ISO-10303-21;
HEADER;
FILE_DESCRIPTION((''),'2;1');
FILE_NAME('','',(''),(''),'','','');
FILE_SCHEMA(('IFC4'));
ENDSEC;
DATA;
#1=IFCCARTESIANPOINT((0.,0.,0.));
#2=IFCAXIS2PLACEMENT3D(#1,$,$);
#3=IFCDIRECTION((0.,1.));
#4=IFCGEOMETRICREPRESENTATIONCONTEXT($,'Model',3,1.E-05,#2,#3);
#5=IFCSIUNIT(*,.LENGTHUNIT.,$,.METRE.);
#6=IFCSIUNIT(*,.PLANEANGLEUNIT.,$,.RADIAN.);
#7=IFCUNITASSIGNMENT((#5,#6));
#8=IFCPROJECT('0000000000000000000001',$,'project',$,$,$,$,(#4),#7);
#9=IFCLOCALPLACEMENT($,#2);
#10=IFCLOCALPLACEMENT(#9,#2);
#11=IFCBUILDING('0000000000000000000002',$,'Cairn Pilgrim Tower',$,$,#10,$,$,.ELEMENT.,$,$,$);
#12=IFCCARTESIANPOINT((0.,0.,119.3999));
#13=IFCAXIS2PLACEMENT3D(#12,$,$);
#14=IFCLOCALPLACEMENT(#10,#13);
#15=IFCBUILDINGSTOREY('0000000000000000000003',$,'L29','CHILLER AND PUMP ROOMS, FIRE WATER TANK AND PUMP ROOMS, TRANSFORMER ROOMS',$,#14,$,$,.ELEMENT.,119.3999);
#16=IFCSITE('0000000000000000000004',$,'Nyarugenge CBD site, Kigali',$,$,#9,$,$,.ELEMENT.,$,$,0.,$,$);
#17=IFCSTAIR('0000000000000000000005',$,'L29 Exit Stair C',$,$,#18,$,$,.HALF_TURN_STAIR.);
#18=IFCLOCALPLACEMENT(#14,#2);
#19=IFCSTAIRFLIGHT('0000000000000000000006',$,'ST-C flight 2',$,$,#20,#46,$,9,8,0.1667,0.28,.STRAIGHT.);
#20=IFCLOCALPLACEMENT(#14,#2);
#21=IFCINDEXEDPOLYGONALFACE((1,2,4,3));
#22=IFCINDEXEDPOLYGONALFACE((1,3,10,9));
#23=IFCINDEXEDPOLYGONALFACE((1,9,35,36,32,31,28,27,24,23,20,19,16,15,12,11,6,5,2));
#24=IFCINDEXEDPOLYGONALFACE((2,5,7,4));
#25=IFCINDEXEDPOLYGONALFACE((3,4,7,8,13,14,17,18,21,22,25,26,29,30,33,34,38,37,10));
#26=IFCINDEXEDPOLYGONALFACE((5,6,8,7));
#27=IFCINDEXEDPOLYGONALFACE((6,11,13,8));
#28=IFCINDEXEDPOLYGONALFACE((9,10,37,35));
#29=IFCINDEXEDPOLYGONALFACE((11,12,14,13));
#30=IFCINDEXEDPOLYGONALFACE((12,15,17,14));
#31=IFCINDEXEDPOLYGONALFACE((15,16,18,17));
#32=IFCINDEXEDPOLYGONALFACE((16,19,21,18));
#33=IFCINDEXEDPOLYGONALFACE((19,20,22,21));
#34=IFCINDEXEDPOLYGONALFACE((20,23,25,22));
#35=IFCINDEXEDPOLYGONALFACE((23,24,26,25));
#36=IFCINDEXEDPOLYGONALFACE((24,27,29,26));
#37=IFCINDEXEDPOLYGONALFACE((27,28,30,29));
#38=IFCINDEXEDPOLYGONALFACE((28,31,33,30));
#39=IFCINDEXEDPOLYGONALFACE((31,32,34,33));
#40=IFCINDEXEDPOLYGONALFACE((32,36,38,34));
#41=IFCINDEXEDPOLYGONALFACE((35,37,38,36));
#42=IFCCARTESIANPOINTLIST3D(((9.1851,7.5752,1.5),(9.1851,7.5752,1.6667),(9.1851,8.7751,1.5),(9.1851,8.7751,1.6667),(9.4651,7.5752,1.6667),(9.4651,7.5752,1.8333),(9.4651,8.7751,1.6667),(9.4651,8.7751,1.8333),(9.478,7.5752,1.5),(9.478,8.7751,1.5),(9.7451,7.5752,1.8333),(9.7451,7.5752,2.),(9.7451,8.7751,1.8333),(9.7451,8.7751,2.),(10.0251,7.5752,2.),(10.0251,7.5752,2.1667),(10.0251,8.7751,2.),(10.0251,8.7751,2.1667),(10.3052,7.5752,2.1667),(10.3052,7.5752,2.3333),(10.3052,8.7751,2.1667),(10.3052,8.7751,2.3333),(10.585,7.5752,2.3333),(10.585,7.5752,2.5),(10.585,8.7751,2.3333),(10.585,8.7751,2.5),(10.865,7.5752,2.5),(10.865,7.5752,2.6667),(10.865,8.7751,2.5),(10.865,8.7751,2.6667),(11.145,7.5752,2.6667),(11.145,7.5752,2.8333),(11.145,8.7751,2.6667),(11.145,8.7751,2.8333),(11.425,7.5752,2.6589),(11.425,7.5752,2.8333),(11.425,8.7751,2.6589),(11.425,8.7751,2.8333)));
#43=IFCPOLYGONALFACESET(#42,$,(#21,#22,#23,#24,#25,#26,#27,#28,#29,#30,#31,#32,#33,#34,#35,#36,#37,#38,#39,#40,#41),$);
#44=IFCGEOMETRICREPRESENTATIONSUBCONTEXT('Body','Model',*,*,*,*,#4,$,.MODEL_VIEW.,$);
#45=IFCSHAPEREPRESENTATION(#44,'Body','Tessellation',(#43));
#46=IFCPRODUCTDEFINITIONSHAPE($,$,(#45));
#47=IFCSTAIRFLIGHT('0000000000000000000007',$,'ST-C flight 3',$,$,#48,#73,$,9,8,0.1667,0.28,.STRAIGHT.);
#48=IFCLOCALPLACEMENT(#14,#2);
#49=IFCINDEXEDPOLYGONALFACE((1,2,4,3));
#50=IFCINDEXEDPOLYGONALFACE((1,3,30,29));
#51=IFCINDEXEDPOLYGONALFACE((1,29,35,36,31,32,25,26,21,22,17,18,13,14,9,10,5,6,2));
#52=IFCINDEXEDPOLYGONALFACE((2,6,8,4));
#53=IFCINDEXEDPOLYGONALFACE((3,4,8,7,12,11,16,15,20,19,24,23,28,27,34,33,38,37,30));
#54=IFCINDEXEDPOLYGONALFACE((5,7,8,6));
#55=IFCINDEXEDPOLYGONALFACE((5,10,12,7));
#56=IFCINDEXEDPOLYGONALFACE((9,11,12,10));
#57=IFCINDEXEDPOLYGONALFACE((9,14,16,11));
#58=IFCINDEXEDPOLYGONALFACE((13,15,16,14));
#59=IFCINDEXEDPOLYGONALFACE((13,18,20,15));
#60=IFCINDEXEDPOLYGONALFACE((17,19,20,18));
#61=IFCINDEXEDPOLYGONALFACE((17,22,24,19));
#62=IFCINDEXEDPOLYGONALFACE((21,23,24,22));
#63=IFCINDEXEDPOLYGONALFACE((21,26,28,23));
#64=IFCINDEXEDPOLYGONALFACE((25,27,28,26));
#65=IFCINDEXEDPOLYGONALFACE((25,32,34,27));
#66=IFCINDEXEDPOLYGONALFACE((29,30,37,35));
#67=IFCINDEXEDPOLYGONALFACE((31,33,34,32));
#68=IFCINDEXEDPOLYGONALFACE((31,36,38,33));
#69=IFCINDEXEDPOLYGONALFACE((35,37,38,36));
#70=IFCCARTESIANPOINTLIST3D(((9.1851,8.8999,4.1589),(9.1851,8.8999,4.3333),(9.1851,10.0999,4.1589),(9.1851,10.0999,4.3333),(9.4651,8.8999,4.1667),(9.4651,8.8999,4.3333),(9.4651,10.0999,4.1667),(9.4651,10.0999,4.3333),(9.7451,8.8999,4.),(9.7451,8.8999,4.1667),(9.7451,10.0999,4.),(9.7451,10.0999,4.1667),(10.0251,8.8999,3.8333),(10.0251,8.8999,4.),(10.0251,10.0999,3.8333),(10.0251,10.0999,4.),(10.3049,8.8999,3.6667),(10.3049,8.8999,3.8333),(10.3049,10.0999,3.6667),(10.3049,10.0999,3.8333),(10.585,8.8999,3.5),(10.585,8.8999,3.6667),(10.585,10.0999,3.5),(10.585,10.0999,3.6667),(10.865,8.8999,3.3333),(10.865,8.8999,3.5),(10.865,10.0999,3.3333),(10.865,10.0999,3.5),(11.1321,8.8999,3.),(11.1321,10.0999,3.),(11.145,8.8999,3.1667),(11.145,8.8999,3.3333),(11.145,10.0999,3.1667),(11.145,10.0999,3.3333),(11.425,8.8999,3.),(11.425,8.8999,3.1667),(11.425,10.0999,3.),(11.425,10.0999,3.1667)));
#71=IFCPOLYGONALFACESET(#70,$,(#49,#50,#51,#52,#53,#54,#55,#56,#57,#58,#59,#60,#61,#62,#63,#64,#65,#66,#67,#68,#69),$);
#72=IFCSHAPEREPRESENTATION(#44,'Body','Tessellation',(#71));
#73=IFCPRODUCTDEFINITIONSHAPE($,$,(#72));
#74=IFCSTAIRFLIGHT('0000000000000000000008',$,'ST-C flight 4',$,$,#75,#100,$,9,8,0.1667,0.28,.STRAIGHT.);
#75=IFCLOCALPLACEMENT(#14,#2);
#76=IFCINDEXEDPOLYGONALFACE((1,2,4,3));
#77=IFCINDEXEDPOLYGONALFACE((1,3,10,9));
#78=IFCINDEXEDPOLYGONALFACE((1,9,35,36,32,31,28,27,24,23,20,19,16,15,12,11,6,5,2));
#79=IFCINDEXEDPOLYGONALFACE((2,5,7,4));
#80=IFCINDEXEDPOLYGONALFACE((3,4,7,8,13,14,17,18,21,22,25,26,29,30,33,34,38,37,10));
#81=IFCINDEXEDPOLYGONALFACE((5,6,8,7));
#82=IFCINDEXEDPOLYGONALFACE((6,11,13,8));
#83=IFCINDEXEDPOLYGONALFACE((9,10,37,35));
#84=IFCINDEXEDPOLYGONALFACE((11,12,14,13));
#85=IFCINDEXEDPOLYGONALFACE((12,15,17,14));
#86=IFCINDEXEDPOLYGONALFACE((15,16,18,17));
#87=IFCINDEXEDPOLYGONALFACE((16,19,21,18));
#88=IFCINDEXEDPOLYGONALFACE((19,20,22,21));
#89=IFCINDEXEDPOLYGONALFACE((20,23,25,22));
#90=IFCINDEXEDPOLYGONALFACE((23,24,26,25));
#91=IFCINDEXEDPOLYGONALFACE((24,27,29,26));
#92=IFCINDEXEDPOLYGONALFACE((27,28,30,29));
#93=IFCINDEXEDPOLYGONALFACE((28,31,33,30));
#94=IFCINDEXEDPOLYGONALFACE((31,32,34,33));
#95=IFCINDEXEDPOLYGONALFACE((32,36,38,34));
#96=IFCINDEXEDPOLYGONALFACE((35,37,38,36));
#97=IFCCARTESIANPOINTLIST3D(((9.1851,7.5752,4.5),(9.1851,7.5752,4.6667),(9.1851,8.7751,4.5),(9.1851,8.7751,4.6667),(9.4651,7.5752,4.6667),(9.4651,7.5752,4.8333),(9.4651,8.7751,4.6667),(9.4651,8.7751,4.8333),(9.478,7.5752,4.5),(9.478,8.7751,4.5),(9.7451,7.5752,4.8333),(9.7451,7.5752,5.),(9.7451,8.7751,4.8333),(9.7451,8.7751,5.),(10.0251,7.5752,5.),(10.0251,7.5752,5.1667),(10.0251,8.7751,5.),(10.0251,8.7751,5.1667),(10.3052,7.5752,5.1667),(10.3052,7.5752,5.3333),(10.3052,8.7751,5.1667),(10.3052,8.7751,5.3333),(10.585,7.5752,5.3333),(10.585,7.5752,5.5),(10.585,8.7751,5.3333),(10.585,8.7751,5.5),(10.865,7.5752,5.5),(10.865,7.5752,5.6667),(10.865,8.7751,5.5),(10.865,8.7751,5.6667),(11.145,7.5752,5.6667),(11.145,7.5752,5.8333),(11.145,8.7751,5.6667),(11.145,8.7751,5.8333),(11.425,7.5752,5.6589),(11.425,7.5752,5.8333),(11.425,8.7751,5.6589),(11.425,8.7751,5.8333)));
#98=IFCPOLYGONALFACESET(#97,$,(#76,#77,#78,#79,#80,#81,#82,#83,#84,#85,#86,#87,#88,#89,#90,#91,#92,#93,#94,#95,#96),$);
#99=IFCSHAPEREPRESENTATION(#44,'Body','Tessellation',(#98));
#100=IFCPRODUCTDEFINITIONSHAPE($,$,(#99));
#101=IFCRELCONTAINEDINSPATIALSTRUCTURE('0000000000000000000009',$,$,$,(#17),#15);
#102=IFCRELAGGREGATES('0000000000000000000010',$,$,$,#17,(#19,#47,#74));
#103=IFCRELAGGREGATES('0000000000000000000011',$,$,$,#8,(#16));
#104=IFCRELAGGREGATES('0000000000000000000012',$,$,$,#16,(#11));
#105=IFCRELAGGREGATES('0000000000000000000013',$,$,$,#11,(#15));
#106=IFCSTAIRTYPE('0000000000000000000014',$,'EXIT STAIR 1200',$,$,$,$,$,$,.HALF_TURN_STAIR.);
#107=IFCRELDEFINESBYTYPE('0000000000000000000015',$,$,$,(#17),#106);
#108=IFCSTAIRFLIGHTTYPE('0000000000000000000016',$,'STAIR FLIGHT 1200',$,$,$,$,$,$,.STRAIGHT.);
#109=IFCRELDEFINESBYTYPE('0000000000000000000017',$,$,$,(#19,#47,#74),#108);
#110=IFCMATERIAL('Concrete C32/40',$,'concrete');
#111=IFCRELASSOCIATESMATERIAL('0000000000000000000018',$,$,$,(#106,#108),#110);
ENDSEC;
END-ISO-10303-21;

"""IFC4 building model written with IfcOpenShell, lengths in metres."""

from ifc_helpers import new_model, si_unit, direction, frame, origin, place, context, subcontext, project, spatial, polyline, outline, extrude, material, type_object, element, aggregate, save


model = new_model("IFC4")

# Units and contexts
model_context = context("Model", 3, precision=1e-05, world=origin(), true_north=direction((0.0, 1.0)))
body_context = subcontext(model_context, "Body", "Model", "MODEL_VIEW")
ifc_project = project(units=[si_unit("LENGTHUNIT", "METRE"), si_unit("PLANEANGLEUNIT", "RADIAN")], contexts=[model_context])

# Site, building, storey
site_placement = place(None, origin())
site = spatial("IfcSite", under=ifc_project, at=site_placement, Name="Nyarugenge CBD site, Kigali", CompositionType="ELEMENT", RefElevation=0.0)
building_placement = place(site_placement, origin())
building = spatial("IfcBuilding", under=site, at=building_placement, Name="Cairn Pilgrim Tower", CompositionType="ELEMENT")
storey_placement = place(building_placement, frame((0.0, 0.0, 119.3999)))
storey = spatial("IfcBuildingStorey", under=building, at=storey_placement, Name="L29", Description="CHILLER AND PUMP ROOMS, FIRE WATER TANK AND PUMP ROOMS, TRANSFORMER ROOMS", CompositionType="ELEMENT", Elevation=119.3999)

# Shared definitions
ifc_material_1 = material(Name="Concrete C32/40", Category="concrete")

# Stair, stair flights
stair_type = type_object("IfcStairType", Name="EXIT STAIR 1200", PredefinedType="HALF_TURN_STAIR", material=ifc_material_1)
stair_placement = place(storey_placement, origin())
stair = element("IfcStair", 1, at=stair_placement, inside=storey, type_object=stair_type, Name="L29 Exit Stair C", PredefinedType="HALF_TURN_STAIR")
stair_flight_type = type_object("IfcStairFlightType", Name="STAIR FLIGHT 1200", PredefinedType="STRAIGHT", material=ifc_material_1)
stair_flight_1_placement = place(storey_placement, frame((9.1851, 8.175, 1.5), z_axis=(0.0, 0.0, 1.0), x_axis=(1.0, 0.0, 0.0)))
stair_flight_1 = element("IfcStairFlight", 2, at=stair_flight_1_placement, type_object=stair_flight_type, Name="ST-C flight 2", NumberOfRisers=9, NumberOfTreads=8, PredefinedType="STRAIGHT", RiserHeight=0.1667, TreadLength=0.28, context=body_context, shape_type="SweptSolid", body=[
    extrude(outline(polyline([(0.0, 0.0), (0.0, 0.1667), (0.28, 0.1667), (0.28, 0.3333), (0.5601, 0.3333), (0.5601, 0.5), (0.8401, 0.5), (0.8401, 0.6667), (1.1201, 0.6667), (1.1201, 0.8333), (1.3999, 0.8333), (1.3999, 1.0), (1.6799, 1.0), (1.6799, 1.1667), (1.96, 1.1667), (1.96, 1.3333), (2.24, 1.3333), (2.24, 1.5), (2.24, 1.1589), (0.293, 0.0), (0.0, 0.0)])), frame((0.0, 0.6001, 0.0), z_axis=(0.0, -1.0, 0.0), x_axis=(1.0, 0.0, 0.0)), (0.0, 0.0, 1.0), 1.2),
])
stair_flight_2_placement = place(storey_placement, frame((11.425, 9.5, 3.0), z_axis=(0.0, 0.0, 1.0), x_axis=(-1.0, 0.0, 0.0)))
stair_flight_2 = element("IfcStairFlight", 3, at=stair_flight_2_placement, type_object=stair_flight_type, Name="ST-C flight 3", NumberOfRisers=9, NumberOfTreads=8, PredefinedType="STRAIGHT", RiserHeight=0.1667, TreadLength=0.28, context=body_context, shape_type="SweptSolid", body=[
    extrude(outline(polyline([(0.0, 0.0), (0.0, 0.1667), (0.28, 0.1667), (0.28, 0.3333), (0.5601, 0.3333), (0.5601, 0.5), (0.8401, 0.5), (0.8401, 0.6667), (1.1201, 0.6667), (1.1201, 0.8333), (1.3999, 0.8333), (1.3999, 1.0), (1.6799, 1.0), (1.6799, 1.1667), (1.96, 1.1667), (1.96, 1.3333), (2.24, 1.3333), (2.24, 1.5), (2.24, 1.1589), (0.293, 0.0), (0.0, 0.0)])), frame((0.0, 0.6001, 0.0), z_axis=(0.0, -1.0, 0.0), x_axis=(1.0, 0.0, 0.0)), (0.0, 0.0, 1.0), 1.2),
])
stair_flight_3_placement = place(storey_placement, frame((9.1851, 8.175, 4.5), z_axis=(0.0, 0.0, 1.0), x_axis=(1.0, 0.0, 0.0)))
stair_flight_3 = element("IfcStairFlight", 4, at=stair_flight_3_placement, type_object=stair_flight_type, Name="ST-C flight 4", NumberOfRisers=9, NumberOfTreads=8, PredefinedType="STRAIGHT", RiserHeight=0.1667, TreadLength=0.28, context=body_context, shape_type="SweptSolid", body=[
    extrude(outline(polyline([(0.0, 0.0), (0.0, 0.1667), (0.28, 0.1667), (0.28, 0.3333), (0.5601, 0.3333), (0.5601, 0.5), (0.8401, 0.5), (0.8401, 0.6667), (1.1201, 0.6667), (1.1201, 0.8333), (1.3999, 0.8333), (1.3999, 1.0), (1.6799, 1.0), (1.6799, 1.1667), (1.96, 1.1667), (1.96, 1.3333), (2.24, 1.3333), (2.24, 1.5), (2.24, 1.1589), (0.293, 0.0), (0.0, 0.0)])), frame((0.0, 0.6001, 0.0), z_axis=(0.0, -1.0, 0.0), x_axis=(1.0, 0.0, 0.0)), (0.0, 0.0, 1.0), 1.2),
])
aggregate(stair, [stair_flight_1, stair_flight_2, stair_flight_3])

save(model, "model.ifc")
